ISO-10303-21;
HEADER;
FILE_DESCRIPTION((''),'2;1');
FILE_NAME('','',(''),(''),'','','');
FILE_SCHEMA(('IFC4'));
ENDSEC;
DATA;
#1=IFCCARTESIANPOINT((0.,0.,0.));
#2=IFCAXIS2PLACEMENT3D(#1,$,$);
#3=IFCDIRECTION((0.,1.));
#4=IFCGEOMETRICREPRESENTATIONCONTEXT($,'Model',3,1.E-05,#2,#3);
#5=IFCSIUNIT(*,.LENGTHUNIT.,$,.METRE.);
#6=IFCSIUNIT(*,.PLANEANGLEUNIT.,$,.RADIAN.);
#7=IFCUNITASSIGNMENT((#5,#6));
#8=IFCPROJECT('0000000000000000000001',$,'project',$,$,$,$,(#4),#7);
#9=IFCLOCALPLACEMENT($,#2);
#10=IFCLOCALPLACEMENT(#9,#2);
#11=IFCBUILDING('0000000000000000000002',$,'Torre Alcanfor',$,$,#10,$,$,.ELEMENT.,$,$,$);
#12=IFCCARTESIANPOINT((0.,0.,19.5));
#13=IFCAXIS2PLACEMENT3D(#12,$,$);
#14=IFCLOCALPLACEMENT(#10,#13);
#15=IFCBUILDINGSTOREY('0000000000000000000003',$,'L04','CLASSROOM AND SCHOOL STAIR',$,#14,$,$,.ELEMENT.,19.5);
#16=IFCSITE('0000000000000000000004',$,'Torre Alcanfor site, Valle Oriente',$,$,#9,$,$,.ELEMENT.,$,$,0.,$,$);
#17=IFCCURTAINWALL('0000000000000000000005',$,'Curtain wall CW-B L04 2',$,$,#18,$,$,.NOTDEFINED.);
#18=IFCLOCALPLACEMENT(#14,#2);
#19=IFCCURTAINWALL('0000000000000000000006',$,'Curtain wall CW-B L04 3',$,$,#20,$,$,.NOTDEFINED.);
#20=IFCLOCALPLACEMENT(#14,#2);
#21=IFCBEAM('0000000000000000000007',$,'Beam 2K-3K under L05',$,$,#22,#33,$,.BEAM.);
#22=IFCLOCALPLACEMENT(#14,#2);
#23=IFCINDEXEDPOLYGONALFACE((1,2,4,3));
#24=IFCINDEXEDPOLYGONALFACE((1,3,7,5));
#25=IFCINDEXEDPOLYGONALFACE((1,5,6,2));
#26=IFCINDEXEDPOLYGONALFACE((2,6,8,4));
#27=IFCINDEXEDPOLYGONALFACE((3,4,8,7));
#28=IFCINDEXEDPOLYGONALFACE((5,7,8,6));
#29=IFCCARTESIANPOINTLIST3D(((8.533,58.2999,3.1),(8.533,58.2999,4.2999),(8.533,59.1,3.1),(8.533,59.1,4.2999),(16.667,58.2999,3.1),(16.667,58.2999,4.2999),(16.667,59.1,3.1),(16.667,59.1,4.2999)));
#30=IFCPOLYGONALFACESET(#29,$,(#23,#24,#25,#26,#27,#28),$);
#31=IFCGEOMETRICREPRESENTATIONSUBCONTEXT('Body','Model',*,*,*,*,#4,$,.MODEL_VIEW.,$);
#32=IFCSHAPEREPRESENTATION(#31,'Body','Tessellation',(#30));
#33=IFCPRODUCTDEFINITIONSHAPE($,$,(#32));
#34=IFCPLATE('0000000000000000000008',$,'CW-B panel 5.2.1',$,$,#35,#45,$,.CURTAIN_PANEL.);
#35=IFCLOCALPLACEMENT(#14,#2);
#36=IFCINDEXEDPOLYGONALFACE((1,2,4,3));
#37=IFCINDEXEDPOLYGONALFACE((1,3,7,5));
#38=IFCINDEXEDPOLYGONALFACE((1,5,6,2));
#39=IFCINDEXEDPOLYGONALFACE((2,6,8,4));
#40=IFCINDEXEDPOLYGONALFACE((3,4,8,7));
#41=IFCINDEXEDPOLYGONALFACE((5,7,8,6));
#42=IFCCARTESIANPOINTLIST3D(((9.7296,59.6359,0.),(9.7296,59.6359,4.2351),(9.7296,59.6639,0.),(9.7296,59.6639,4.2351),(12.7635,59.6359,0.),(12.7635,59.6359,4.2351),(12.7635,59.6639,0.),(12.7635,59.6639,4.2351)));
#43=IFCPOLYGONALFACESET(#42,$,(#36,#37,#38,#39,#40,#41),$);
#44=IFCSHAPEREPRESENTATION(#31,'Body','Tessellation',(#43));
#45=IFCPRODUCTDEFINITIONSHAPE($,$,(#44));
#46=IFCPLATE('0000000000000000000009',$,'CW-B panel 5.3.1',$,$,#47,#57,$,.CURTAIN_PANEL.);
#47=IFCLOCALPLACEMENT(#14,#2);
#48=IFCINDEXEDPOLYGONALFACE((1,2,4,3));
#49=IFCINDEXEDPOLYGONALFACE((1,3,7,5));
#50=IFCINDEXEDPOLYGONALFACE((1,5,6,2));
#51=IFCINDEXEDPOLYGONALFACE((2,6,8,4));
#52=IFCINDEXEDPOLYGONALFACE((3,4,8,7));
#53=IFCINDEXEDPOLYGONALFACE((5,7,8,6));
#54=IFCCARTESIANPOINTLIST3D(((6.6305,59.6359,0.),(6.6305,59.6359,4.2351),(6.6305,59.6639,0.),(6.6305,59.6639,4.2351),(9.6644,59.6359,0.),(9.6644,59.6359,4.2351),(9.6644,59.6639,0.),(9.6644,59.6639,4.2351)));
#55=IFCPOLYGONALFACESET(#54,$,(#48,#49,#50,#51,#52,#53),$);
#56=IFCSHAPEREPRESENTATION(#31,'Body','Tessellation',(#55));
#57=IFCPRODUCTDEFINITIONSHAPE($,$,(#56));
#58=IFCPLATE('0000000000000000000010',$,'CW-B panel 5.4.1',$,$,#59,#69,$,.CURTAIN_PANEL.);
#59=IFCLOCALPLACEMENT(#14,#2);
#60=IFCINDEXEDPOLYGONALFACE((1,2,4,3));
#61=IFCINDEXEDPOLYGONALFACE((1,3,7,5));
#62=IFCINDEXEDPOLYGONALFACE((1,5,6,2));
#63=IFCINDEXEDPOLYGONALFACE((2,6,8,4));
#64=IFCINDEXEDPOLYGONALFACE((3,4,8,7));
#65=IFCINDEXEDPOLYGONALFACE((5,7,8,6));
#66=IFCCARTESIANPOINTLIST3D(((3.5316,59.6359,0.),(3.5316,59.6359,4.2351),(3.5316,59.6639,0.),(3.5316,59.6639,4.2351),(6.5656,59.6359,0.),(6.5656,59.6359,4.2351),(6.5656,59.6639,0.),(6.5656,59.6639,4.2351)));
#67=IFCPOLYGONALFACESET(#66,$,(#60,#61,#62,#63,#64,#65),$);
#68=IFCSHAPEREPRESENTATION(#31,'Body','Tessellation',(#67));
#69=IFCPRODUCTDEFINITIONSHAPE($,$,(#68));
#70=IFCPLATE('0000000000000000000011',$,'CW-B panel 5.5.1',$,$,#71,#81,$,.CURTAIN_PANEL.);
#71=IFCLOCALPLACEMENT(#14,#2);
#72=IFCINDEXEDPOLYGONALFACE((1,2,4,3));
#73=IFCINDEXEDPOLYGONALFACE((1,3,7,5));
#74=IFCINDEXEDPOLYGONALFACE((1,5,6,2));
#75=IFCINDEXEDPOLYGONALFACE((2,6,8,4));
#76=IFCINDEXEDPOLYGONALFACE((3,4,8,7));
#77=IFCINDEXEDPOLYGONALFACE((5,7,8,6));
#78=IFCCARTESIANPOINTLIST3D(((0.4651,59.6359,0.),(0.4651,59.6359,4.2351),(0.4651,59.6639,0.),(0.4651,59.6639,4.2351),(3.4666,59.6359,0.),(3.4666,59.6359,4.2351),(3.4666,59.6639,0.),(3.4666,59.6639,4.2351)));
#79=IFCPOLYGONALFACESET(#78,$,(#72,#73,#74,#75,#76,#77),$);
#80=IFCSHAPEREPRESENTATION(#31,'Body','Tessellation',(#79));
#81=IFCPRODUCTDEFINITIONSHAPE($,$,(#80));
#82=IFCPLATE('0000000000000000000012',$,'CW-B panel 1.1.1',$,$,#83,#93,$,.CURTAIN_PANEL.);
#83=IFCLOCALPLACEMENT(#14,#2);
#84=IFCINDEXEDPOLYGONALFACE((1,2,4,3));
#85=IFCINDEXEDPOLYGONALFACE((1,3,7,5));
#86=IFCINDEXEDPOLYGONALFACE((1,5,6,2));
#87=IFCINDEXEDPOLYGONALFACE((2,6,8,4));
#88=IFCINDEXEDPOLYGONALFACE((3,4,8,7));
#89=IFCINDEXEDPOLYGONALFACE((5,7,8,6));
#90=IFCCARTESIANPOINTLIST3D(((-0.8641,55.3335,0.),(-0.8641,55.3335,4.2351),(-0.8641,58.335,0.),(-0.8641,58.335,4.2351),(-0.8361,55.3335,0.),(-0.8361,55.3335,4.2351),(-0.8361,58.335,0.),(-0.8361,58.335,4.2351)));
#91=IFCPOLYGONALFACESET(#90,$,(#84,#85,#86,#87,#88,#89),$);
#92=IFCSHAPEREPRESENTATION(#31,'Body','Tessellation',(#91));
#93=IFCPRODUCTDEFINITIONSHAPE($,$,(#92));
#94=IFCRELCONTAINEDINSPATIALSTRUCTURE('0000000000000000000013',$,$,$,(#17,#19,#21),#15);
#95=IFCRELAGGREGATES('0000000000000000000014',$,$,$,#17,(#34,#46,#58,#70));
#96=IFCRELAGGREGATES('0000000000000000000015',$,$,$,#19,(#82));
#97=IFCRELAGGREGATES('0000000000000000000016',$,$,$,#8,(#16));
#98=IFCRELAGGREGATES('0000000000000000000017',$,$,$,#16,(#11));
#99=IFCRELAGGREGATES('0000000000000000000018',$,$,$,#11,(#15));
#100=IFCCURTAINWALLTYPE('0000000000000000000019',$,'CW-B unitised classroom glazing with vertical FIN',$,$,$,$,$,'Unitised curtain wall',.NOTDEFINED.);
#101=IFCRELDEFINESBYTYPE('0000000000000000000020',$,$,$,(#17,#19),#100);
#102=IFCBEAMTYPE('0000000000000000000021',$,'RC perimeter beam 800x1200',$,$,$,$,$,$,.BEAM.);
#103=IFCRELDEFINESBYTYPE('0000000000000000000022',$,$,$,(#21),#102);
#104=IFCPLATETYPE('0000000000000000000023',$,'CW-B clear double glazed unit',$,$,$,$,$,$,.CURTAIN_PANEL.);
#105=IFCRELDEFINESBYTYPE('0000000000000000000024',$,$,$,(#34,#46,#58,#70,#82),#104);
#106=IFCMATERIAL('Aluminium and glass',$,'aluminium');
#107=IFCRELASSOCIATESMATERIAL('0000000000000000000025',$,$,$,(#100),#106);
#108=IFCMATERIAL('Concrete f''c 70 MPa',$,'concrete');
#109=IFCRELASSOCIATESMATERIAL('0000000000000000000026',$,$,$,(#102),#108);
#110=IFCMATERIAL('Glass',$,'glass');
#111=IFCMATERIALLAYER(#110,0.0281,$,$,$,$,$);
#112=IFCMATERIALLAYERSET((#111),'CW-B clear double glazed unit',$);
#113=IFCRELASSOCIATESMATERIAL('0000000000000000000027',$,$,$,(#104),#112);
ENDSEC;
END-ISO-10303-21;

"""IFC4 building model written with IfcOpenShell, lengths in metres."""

from ifc_helpers import new_model, si_unit, direction, frame, origin, origin_2d, place, context, subcontext, project, spatial, rectangle, extrude, material, layer, layer_set, material_profile, profile_set, type_object, element, aggregate, save


model = new_model("IFC4")

# Units and contexts
model_context = context("Model", 3, precision=1e-05, world=origin(), true_north=direction((0.0, 1.0)))
body_context = subcontext(model_context, "Body", "Model", "MODEL_VIEW")
ifc_project = project(units=[si_unit("LENGTHUNIT", "METRE"), si_unit("PLANEANGLEUNIT", "RADIAN")], contexts=[model_context])

# Site, building, storey
site_placement = place(None, origin())
site = spatial("IfcSite", under=ifc_project, at=site_placement, Name="Torre Alcanfor site, Valle Oriente", CompositionType="ELEMENT", RefElevation=0.0)
building_placement = place(site_placement, origin())
building = spatial("IfcBuilding", under=site, at=building_placement, Name="Torre Alcanfor", CompositionType="ELEMENT")
storey_placement = place(building_placement, frame((0.0, 0.0, 19.5)))
storey = spatial("IfcBuildingStorey", under=building, at=storey_placement, Name="L04", Description="CLASSROOM AND SCHOOL STAIR", CompositionType="ELEMENT", Elevation=19.5)

# Curtain walls
ifc_material_1 = material(Name="Aluminium and glass", Category="aluminium")
curtain_wall_type = type_object("IfcCurtainWallType", Name="CW-B unitised classroom glazing with vertical FIN", ElementType="Unitised curtain wall", PredefinedType="NOTDEFINED", material=ifc_material_1)
curtain_wall_1_placement = place(storey_placement, origin())
curtain_wall_1 = element("IfcCurtainWall", 1, at=curtain_wall_1_placement, inside=storey, type_object=curtain_wall_type, Name="Curtain wall CW-B L04 2", PredefinedType="NOTDEFINED")
curtain_wall_2_placement = place(storey_placement, origin())
curtain_wall_2 = element("IfcCurtainWall", 2, at=curtain_wall_2_placement, inside=storey, type_object=curtain_wall_type, Name="Curtain wall CW-B L04 3", PredefinedType="NOTDEFINED")

# Beam
ifc_material_2 = material(Name="Concrete f'c 70 MPa", Category="concrete")
ifc_material_profile_1 = material_profile(ifc_material_2, rectangle(XDim=0.8, YDim=1.2, at=origin_2d()), Name="800x1200")
ifc_profile_set_1 = profile_set([ifc_material_profile_1], Name="Concrete f'c 70 MPa")
beam_type = type_object("IfcBeamType", Name="RC perimeter beam 800x1200", PredefinedType="BEAM", material=ifc_profile_set_1)
beam_1_placement = place(storey_placement, frame((8.533, 58.7, 3.7), z_axis=(1.0, 0.0, 0.0), x_axis=(0.0, 1.0, 0.0)))
element("IfcBeam", 3, at=beam_1_placement, inside=storey, type_object=beam_type, Name="Beam 2K-3K under L05", PredefinedType="BEAM", context=body_context, shape_type="SweptSolid", body=[
    extrude(rectangle(XDim=0.8, YDim=1.2, at=origin_2d()), origin(), (0.0, 0.0, 1.0), 8.134),
])

# Plates
ifc_material_3 = material(Name="Glass", Category="glass")
ifc_layer_1 = layer(ifc_material_3, 0.0281)
ifc_layer_set_1 = layer_set([ifc_layer_1], Name="CW-B clear double glazed unit")
plate_type = type_object("IfcPlateType", Name="CW-B clear double glazed unit", PredefinedType="CURTAIN_PANEL", material=ifc_layer_set_1)
plate_1_placement = place(storey_placement, frame((11.2466, 59.6499, 0.0), z_axis=(0.0, 0.0, 1.0), x_axis=(-1.0, 0.0, 0.0)))
plate_1 = element("IfcPlate", 4, at=plate_1_placement, type_object=plate_type, Name="CW-B panel 5.2.1", PredefinedType="CURTAIN_PANEL", context=body_context, shape_type="SweptSolid", body=[
    extrude(rectangle(XDim=3.0339, YDim=0.0281, at=origin_2d()), origin(), (0.0, 0.0, 1.0), 4.2351),
])
plate_2_placement = place(storey_placement, frame((8.1475, 59.6499, 0.0), z_axis=(0.0, 0.0, 1.0), x_axis=(-1.0, 0.0, 0.0)))
plate_2 = element("IfcPlate", 5, at=plate_2_placement, type_object=plate_type, Name="CW-B panel 5.3.1", PredefinedType="CURTAIN_PANEL", context=body_context, shape_type="SweptSolid", body=[
    extrude(rectangle(XDim=3.0339, YDim=0.0281, at=origin_2d()), origin(), (0.0, 0.0, 1.0), 4.2351),
])
plate_3_placement = place(storey_placement, frame((5.0486, 59.6499, 0.0), z_axis=(0.0, 0.0, 1.0), x_axis=(-1.0, 0.0, 0.0)))
plate_3 = element("IfcPlate", 6, at=plate_3_placement, type_object=plate_type, Name="CW-B panel 5.4.1", PredefinedType="CURTAIN_PANEL", context=body_context, shape_type="SweptSolid", body=[
    extrude(rectangle(XDim=3.0339, YDim=0.0281, at=origin_2d()), origin(), (0.0, 0.0, 1.0), 4.2351),
])
plate_4_placement = place(storey_placement, frame((1.9658, 59.6499, 0.0), z_axis=(0.0, 0.0, 1.0), x_axis=(-1.0, 0.0, 0.0)))
plate_4 = element("IfcPlate", 7, at=plate_4_placement, type_object=plate_type, Name="CW-B panel 5.5.1", PredefinedType="CURTAIN_PANEL", context=body_context, shape_type="SweptSolid", body=[
    extrude(rectangle(XDim=3.0015, YDim=0.0281, at=origin_2d()), origin(), (0.0, 0.0, 1.0), 4.2351),
])
aggregate(curtain_wall_1, [plate_1, plate_2, plate_3, plate_4])
plate_5_placement = place(storey_placement, frame((-0.8501, 56.8342, 0.0), z_axis=(0.0, 0.0, 1.0), x_axis=(0.0, -1.0, 0.0)))
plate_5 = element("IfcPlate", 8, at=plate_5_placement, type_object=plate_type, Name="CW-B panel 1.1.1", PredefinedType="CURTAIN_PANEL", context=body_context, shape_type="SweptSolid", body=[
    extrude(rectangle(XDim=3.0015, YDim=0.0281, at=origin_2d()), origin(), (0.0, 0.0, 1.0), 4.2351),
])
aggregate(curtain_wall_2, [plate_5])

save(model, "model.ifc")
